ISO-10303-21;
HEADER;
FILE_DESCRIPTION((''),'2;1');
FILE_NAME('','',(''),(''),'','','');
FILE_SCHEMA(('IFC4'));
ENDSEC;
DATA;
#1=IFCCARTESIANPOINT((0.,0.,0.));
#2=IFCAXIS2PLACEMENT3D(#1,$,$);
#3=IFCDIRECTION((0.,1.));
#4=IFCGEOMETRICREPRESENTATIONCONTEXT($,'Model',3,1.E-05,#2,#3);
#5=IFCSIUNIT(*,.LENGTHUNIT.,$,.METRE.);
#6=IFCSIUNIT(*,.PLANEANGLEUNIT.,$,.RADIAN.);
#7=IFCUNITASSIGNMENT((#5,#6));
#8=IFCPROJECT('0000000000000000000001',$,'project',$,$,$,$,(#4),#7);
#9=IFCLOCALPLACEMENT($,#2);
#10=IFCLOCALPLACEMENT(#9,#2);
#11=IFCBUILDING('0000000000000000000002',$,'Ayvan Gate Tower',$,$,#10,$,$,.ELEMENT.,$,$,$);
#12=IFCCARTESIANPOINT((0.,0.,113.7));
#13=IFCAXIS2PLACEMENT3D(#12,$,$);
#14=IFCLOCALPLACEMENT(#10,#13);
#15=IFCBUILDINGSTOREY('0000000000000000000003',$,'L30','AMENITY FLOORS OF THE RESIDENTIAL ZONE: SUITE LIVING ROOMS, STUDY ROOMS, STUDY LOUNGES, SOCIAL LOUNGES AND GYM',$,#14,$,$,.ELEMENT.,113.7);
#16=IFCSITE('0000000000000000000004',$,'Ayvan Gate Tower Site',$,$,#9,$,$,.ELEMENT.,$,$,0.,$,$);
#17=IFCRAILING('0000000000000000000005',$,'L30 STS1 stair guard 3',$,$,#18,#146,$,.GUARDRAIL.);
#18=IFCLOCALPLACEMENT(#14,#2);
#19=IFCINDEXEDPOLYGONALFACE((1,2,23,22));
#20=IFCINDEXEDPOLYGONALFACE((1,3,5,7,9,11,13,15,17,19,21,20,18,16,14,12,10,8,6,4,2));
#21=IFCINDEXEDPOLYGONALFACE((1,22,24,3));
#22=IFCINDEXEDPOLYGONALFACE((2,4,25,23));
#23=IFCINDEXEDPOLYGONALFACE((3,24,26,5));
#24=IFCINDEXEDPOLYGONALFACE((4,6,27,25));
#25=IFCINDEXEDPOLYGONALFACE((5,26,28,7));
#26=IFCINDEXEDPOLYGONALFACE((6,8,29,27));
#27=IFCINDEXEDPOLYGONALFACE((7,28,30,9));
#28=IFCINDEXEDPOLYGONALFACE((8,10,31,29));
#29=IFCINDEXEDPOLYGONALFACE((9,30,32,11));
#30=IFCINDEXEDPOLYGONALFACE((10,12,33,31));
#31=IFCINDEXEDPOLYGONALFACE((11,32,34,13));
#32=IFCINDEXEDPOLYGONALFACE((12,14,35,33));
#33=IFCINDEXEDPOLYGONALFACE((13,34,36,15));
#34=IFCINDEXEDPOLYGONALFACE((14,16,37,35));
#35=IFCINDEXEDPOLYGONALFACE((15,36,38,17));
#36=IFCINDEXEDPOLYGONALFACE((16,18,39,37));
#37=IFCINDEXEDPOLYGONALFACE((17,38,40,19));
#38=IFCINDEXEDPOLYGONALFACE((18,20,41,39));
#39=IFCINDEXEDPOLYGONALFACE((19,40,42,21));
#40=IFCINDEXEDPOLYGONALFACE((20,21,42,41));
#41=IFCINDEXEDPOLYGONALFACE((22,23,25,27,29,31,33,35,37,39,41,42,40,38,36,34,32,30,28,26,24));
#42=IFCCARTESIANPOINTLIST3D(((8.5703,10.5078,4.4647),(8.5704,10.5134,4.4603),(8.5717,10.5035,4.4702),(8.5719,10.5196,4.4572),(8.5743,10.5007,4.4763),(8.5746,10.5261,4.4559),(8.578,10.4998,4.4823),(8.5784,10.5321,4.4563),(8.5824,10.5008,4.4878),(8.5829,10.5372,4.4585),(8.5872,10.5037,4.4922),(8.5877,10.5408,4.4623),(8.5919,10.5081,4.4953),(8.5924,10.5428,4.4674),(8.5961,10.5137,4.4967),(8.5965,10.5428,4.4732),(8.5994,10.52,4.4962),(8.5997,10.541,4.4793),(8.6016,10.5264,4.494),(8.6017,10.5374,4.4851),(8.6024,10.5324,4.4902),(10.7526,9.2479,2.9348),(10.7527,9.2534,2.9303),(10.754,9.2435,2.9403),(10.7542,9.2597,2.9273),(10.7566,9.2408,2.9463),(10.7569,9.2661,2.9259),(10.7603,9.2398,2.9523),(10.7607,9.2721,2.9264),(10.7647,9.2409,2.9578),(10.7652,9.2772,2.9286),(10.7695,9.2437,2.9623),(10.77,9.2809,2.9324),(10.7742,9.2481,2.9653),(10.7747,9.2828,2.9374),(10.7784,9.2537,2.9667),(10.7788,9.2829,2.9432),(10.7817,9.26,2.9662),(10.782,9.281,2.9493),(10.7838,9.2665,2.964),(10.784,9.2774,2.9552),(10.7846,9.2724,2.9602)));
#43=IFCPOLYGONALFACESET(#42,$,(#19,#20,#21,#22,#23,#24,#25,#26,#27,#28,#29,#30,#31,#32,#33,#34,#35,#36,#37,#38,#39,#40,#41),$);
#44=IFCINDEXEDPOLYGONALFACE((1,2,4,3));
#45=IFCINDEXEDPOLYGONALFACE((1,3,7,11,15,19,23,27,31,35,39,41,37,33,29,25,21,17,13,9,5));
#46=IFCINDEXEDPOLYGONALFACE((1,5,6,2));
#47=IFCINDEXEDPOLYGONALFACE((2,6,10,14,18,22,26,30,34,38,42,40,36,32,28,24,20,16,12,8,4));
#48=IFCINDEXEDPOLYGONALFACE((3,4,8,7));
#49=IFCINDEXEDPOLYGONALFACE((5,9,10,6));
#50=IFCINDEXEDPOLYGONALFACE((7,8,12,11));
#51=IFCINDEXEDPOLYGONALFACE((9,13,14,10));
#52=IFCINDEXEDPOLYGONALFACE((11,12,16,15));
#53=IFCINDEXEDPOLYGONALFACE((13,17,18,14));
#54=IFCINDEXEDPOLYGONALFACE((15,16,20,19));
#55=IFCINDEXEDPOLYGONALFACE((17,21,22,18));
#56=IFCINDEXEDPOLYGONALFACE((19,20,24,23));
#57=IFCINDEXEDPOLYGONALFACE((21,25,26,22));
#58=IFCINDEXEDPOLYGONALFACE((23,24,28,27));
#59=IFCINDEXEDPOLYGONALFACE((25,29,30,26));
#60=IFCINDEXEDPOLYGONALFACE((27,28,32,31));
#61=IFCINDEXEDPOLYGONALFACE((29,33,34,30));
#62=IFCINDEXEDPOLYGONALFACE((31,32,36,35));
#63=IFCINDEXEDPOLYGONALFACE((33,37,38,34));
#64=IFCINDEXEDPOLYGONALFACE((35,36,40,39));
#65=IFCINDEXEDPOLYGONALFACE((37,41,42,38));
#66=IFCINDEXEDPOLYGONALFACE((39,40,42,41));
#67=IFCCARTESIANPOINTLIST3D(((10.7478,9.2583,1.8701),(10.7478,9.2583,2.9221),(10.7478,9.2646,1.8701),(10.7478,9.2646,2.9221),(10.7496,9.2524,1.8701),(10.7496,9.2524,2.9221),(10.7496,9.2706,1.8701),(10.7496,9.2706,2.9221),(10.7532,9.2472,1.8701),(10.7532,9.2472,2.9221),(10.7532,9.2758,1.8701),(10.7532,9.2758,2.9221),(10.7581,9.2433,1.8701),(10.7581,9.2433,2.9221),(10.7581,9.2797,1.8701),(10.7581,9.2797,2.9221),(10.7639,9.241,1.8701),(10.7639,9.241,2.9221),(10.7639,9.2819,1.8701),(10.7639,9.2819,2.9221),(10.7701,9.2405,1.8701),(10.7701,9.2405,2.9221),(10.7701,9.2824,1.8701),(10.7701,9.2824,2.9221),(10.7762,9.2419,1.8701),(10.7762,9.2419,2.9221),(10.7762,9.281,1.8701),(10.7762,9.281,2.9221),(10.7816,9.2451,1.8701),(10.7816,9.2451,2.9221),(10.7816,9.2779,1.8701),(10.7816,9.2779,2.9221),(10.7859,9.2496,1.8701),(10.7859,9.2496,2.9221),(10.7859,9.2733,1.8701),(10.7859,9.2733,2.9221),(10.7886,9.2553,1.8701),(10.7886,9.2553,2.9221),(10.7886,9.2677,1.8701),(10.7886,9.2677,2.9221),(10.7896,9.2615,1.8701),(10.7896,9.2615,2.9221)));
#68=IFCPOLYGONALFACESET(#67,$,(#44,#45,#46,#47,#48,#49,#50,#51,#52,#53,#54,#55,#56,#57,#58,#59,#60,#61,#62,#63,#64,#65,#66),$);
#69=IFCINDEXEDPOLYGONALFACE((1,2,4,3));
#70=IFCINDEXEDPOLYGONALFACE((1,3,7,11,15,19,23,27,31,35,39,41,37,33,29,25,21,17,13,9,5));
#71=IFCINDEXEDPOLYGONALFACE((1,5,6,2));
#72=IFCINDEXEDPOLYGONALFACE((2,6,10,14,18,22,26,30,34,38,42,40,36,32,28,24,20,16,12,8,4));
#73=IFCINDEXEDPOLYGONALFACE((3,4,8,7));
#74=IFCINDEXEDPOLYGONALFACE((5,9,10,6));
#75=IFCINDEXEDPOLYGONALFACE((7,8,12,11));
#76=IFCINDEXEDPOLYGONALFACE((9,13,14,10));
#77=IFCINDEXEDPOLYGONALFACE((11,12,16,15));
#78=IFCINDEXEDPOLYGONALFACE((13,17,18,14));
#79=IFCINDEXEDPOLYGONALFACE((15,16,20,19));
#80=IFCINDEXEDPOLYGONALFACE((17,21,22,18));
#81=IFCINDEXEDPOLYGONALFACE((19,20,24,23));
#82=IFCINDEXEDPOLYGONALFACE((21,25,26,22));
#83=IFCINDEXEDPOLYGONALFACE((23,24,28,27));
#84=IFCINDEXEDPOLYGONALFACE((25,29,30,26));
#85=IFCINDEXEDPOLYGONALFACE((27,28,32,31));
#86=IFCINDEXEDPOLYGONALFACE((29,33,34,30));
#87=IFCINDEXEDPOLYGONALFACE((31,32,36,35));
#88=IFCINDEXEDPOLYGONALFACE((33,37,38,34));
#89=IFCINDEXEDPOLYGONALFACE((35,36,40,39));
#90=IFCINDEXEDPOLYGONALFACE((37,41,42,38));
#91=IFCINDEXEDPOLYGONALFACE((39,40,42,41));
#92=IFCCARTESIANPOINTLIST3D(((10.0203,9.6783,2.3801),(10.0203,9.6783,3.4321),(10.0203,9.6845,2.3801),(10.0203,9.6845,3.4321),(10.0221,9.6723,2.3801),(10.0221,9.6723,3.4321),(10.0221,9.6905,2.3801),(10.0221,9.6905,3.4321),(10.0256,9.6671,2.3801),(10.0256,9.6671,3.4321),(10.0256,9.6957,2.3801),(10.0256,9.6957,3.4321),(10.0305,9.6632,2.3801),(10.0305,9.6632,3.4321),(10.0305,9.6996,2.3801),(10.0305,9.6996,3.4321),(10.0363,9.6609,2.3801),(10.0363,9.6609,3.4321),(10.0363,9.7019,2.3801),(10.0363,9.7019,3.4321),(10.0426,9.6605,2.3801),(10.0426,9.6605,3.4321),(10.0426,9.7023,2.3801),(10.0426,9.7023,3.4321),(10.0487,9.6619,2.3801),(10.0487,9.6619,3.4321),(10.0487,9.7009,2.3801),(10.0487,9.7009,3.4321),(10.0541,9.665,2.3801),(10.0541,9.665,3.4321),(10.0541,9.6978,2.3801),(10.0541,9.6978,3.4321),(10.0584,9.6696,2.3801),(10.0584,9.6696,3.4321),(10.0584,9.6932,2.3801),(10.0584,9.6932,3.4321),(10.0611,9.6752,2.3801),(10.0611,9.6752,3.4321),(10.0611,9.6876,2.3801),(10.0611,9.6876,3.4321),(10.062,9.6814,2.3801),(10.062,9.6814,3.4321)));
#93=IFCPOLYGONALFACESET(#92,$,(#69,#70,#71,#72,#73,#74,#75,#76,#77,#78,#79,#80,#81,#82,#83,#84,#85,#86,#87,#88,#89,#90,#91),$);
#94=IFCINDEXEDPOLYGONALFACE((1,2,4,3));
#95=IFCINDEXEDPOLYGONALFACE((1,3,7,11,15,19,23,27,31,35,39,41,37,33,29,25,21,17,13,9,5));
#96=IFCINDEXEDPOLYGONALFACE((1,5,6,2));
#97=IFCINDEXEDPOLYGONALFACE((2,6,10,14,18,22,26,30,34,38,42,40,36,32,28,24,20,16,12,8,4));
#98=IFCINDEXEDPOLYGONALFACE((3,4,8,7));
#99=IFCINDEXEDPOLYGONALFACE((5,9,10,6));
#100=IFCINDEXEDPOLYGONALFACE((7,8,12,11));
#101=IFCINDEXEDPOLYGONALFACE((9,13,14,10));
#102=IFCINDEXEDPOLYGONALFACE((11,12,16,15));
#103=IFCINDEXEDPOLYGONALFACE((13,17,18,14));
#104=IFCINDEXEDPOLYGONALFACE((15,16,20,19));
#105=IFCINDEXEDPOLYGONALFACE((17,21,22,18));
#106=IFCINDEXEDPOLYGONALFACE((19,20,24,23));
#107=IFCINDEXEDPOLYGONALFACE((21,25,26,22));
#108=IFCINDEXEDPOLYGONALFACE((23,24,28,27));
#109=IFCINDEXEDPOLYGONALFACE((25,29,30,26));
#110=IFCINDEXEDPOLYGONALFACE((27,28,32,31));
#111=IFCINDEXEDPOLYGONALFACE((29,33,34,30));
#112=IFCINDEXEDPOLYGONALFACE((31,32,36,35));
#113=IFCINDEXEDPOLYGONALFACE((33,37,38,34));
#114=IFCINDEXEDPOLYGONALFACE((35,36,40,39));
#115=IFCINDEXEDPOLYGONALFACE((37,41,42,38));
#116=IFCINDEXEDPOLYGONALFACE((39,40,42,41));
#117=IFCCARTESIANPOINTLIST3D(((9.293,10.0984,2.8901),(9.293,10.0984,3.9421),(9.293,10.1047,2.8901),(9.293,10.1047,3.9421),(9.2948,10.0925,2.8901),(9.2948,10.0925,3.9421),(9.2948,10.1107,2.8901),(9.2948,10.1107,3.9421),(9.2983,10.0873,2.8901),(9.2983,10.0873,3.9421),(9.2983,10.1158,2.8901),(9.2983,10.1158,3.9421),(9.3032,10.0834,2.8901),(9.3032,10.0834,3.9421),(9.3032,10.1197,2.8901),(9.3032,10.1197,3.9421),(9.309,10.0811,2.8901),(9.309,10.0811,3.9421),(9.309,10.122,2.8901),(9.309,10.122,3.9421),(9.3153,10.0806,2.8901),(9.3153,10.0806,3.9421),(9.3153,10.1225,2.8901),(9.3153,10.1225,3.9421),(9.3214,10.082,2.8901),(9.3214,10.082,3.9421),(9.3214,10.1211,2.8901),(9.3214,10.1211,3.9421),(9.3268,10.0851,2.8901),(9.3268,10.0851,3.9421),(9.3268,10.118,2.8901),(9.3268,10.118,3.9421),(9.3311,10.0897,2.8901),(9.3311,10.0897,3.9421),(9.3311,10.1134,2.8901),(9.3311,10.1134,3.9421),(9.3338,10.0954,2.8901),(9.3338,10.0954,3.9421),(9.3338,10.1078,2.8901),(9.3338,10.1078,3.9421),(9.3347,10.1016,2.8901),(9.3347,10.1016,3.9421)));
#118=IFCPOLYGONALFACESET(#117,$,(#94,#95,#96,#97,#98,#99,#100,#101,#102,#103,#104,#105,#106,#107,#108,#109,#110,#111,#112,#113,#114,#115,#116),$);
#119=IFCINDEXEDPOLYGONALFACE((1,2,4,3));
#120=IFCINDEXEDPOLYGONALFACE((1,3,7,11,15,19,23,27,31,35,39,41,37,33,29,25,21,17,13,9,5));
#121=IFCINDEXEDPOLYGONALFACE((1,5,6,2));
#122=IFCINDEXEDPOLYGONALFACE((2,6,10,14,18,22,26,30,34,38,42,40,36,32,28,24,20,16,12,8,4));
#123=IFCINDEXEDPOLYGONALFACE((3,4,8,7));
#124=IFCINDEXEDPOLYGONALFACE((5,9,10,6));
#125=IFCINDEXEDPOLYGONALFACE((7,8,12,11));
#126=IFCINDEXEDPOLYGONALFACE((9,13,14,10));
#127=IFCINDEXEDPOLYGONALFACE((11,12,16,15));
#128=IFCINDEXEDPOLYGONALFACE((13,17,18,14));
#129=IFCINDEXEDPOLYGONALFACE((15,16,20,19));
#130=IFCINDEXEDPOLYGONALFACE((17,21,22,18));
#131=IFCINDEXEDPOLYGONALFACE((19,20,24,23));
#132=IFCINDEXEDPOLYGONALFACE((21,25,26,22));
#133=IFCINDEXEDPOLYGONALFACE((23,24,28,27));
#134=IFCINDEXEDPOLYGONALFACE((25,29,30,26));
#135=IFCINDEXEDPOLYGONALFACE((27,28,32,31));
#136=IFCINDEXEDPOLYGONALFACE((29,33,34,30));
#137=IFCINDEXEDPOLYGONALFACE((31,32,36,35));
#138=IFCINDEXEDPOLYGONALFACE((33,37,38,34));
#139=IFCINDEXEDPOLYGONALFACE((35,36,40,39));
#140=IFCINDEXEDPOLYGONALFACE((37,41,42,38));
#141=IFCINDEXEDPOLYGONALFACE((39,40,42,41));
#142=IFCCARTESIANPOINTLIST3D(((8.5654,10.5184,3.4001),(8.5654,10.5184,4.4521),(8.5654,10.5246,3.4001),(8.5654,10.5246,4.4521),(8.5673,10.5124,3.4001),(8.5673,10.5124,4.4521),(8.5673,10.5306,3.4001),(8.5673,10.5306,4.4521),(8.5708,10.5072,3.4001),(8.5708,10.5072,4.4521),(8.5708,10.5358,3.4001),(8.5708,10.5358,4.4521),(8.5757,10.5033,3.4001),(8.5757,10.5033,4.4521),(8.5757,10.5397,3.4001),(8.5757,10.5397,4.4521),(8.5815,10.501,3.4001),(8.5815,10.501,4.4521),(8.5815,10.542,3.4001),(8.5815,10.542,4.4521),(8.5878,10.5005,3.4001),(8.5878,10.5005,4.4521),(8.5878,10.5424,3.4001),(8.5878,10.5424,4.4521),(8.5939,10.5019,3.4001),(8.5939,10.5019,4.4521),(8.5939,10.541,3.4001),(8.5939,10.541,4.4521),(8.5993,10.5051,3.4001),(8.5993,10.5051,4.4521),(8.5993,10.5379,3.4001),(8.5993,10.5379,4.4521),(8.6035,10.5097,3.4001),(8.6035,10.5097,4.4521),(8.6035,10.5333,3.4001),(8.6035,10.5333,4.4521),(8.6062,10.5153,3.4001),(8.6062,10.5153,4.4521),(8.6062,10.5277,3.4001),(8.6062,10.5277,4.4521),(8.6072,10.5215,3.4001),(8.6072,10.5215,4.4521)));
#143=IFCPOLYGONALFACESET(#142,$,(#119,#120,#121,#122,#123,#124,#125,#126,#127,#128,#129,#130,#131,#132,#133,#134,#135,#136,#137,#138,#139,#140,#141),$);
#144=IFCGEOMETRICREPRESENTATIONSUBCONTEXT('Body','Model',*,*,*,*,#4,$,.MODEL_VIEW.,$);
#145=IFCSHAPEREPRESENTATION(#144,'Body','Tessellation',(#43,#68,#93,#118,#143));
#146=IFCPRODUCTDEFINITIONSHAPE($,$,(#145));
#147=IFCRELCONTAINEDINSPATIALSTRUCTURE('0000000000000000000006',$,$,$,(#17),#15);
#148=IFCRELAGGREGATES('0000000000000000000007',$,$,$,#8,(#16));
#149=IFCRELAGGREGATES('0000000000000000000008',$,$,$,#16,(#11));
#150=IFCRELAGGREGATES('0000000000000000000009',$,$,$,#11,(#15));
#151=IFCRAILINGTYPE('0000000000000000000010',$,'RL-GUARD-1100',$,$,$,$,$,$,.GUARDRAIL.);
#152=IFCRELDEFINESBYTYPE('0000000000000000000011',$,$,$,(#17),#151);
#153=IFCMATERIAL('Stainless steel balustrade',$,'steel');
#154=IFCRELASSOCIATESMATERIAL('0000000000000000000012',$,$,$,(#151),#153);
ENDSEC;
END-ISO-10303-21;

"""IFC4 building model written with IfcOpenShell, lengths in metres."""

from ifc_helpers import new_model, si_unit, direction, frame, origin, origin_2d, place, context, subcontext, project, spatial, circle, extrude, material, type_object, element, save


model = new_model("IFC4")

# Units and contexts
model_context = context("Model", 3, precision=1e-05, world=origin(), true_north=direction((0.0, 1.0)))
body_context = subcontext(model_context, "Body", "Model", "MODEL_VIEW")
ifc_project = project(units=[si_unit("LENGTHUNIT", "METRE"), si_unit("PLANEANGLEUNIT", "RADIAN")], contexts=[model_context])

# Site, building, storey
site_placement = place(None, origin())
site = spatial("IfcSite", under=ifc_project, at=site_placement, Name="Ayvan Gate Tower Site", CompositionType="ELEMENT", RefElevation=0.0)
building_placement = place(site_placement, origin())
building = spatial("IfcBuilding", under=site, at=building_placement, Name="Ayvan Gate Tower", CompositionType="ELEMENT")
storey_placement = place(building_placement, frame((0.0, 0.0, 113.7)))
storey = spatial("IfcBuildingStorey", under=building, at=storey_placement, Name="L30", Description="AMENITY FLOORS OF THE RESIDENTIAL ZONE: SUITE LIVING ROOMS, STUDY ROOMS, STUDY LOUNGES, SOCIAL LOUNGES AND GYM", CompositionType="ELEMENT", Elevation=113.7)

# Railing
ifc_material_1 = material(Name="Stainless steel balustrade", Category="steel")
railing_type_1 = type_object("IfcRailingType", Name="RL-GUARD-1100", PredefinedType="GUARDRAIL", material=ifc_material_1)
railing_1_placement = place(storey_placement, frame((10.7686, 9.2615, 1.8701)))
element("IfcRailing", 1, at=railing_1_placement, inside=storey, type_object=railing_type_1, Name="L30 STS1 stair guard 3", PredefinedType="GUARDRAIL", context=body_context, shape_type="SweptSolid", body=[
    extrude(circle(Radius=0.0239, at=origin_2d()), frame((0.0, 0.0, 1.0762), z_axis=(-0.740261, 0.427395, 0.518986), x_axis=(-0.500005, -0.866023, 0.0)), (0.0, 0.0, 1.0), 2.948),
    extrude(circle(Radius=0.021, at=origin_2d()), origin(), (0.0, 0.0, 1.0), 1.052),
    extrude(circle(Radius=0.021, at=origin_2d()), frame((-0.7275, 0.4199, 0.51)), (0.0, 0.0, 1.0), 1.052),
    extrude(circle(Radius=0.021, at=origin_2d()), frame((-1.4548, 0.8401, 1.02)), (0.0, 0.0, 1.0), 1.052),
    extrude(circle(Radius=0.021, at=origin_2d()), frame((-2.1824, 1.26, 1.53)), (0.0, 0.0, 1.0), 1.052),
])

save(model, "model.ifc")
